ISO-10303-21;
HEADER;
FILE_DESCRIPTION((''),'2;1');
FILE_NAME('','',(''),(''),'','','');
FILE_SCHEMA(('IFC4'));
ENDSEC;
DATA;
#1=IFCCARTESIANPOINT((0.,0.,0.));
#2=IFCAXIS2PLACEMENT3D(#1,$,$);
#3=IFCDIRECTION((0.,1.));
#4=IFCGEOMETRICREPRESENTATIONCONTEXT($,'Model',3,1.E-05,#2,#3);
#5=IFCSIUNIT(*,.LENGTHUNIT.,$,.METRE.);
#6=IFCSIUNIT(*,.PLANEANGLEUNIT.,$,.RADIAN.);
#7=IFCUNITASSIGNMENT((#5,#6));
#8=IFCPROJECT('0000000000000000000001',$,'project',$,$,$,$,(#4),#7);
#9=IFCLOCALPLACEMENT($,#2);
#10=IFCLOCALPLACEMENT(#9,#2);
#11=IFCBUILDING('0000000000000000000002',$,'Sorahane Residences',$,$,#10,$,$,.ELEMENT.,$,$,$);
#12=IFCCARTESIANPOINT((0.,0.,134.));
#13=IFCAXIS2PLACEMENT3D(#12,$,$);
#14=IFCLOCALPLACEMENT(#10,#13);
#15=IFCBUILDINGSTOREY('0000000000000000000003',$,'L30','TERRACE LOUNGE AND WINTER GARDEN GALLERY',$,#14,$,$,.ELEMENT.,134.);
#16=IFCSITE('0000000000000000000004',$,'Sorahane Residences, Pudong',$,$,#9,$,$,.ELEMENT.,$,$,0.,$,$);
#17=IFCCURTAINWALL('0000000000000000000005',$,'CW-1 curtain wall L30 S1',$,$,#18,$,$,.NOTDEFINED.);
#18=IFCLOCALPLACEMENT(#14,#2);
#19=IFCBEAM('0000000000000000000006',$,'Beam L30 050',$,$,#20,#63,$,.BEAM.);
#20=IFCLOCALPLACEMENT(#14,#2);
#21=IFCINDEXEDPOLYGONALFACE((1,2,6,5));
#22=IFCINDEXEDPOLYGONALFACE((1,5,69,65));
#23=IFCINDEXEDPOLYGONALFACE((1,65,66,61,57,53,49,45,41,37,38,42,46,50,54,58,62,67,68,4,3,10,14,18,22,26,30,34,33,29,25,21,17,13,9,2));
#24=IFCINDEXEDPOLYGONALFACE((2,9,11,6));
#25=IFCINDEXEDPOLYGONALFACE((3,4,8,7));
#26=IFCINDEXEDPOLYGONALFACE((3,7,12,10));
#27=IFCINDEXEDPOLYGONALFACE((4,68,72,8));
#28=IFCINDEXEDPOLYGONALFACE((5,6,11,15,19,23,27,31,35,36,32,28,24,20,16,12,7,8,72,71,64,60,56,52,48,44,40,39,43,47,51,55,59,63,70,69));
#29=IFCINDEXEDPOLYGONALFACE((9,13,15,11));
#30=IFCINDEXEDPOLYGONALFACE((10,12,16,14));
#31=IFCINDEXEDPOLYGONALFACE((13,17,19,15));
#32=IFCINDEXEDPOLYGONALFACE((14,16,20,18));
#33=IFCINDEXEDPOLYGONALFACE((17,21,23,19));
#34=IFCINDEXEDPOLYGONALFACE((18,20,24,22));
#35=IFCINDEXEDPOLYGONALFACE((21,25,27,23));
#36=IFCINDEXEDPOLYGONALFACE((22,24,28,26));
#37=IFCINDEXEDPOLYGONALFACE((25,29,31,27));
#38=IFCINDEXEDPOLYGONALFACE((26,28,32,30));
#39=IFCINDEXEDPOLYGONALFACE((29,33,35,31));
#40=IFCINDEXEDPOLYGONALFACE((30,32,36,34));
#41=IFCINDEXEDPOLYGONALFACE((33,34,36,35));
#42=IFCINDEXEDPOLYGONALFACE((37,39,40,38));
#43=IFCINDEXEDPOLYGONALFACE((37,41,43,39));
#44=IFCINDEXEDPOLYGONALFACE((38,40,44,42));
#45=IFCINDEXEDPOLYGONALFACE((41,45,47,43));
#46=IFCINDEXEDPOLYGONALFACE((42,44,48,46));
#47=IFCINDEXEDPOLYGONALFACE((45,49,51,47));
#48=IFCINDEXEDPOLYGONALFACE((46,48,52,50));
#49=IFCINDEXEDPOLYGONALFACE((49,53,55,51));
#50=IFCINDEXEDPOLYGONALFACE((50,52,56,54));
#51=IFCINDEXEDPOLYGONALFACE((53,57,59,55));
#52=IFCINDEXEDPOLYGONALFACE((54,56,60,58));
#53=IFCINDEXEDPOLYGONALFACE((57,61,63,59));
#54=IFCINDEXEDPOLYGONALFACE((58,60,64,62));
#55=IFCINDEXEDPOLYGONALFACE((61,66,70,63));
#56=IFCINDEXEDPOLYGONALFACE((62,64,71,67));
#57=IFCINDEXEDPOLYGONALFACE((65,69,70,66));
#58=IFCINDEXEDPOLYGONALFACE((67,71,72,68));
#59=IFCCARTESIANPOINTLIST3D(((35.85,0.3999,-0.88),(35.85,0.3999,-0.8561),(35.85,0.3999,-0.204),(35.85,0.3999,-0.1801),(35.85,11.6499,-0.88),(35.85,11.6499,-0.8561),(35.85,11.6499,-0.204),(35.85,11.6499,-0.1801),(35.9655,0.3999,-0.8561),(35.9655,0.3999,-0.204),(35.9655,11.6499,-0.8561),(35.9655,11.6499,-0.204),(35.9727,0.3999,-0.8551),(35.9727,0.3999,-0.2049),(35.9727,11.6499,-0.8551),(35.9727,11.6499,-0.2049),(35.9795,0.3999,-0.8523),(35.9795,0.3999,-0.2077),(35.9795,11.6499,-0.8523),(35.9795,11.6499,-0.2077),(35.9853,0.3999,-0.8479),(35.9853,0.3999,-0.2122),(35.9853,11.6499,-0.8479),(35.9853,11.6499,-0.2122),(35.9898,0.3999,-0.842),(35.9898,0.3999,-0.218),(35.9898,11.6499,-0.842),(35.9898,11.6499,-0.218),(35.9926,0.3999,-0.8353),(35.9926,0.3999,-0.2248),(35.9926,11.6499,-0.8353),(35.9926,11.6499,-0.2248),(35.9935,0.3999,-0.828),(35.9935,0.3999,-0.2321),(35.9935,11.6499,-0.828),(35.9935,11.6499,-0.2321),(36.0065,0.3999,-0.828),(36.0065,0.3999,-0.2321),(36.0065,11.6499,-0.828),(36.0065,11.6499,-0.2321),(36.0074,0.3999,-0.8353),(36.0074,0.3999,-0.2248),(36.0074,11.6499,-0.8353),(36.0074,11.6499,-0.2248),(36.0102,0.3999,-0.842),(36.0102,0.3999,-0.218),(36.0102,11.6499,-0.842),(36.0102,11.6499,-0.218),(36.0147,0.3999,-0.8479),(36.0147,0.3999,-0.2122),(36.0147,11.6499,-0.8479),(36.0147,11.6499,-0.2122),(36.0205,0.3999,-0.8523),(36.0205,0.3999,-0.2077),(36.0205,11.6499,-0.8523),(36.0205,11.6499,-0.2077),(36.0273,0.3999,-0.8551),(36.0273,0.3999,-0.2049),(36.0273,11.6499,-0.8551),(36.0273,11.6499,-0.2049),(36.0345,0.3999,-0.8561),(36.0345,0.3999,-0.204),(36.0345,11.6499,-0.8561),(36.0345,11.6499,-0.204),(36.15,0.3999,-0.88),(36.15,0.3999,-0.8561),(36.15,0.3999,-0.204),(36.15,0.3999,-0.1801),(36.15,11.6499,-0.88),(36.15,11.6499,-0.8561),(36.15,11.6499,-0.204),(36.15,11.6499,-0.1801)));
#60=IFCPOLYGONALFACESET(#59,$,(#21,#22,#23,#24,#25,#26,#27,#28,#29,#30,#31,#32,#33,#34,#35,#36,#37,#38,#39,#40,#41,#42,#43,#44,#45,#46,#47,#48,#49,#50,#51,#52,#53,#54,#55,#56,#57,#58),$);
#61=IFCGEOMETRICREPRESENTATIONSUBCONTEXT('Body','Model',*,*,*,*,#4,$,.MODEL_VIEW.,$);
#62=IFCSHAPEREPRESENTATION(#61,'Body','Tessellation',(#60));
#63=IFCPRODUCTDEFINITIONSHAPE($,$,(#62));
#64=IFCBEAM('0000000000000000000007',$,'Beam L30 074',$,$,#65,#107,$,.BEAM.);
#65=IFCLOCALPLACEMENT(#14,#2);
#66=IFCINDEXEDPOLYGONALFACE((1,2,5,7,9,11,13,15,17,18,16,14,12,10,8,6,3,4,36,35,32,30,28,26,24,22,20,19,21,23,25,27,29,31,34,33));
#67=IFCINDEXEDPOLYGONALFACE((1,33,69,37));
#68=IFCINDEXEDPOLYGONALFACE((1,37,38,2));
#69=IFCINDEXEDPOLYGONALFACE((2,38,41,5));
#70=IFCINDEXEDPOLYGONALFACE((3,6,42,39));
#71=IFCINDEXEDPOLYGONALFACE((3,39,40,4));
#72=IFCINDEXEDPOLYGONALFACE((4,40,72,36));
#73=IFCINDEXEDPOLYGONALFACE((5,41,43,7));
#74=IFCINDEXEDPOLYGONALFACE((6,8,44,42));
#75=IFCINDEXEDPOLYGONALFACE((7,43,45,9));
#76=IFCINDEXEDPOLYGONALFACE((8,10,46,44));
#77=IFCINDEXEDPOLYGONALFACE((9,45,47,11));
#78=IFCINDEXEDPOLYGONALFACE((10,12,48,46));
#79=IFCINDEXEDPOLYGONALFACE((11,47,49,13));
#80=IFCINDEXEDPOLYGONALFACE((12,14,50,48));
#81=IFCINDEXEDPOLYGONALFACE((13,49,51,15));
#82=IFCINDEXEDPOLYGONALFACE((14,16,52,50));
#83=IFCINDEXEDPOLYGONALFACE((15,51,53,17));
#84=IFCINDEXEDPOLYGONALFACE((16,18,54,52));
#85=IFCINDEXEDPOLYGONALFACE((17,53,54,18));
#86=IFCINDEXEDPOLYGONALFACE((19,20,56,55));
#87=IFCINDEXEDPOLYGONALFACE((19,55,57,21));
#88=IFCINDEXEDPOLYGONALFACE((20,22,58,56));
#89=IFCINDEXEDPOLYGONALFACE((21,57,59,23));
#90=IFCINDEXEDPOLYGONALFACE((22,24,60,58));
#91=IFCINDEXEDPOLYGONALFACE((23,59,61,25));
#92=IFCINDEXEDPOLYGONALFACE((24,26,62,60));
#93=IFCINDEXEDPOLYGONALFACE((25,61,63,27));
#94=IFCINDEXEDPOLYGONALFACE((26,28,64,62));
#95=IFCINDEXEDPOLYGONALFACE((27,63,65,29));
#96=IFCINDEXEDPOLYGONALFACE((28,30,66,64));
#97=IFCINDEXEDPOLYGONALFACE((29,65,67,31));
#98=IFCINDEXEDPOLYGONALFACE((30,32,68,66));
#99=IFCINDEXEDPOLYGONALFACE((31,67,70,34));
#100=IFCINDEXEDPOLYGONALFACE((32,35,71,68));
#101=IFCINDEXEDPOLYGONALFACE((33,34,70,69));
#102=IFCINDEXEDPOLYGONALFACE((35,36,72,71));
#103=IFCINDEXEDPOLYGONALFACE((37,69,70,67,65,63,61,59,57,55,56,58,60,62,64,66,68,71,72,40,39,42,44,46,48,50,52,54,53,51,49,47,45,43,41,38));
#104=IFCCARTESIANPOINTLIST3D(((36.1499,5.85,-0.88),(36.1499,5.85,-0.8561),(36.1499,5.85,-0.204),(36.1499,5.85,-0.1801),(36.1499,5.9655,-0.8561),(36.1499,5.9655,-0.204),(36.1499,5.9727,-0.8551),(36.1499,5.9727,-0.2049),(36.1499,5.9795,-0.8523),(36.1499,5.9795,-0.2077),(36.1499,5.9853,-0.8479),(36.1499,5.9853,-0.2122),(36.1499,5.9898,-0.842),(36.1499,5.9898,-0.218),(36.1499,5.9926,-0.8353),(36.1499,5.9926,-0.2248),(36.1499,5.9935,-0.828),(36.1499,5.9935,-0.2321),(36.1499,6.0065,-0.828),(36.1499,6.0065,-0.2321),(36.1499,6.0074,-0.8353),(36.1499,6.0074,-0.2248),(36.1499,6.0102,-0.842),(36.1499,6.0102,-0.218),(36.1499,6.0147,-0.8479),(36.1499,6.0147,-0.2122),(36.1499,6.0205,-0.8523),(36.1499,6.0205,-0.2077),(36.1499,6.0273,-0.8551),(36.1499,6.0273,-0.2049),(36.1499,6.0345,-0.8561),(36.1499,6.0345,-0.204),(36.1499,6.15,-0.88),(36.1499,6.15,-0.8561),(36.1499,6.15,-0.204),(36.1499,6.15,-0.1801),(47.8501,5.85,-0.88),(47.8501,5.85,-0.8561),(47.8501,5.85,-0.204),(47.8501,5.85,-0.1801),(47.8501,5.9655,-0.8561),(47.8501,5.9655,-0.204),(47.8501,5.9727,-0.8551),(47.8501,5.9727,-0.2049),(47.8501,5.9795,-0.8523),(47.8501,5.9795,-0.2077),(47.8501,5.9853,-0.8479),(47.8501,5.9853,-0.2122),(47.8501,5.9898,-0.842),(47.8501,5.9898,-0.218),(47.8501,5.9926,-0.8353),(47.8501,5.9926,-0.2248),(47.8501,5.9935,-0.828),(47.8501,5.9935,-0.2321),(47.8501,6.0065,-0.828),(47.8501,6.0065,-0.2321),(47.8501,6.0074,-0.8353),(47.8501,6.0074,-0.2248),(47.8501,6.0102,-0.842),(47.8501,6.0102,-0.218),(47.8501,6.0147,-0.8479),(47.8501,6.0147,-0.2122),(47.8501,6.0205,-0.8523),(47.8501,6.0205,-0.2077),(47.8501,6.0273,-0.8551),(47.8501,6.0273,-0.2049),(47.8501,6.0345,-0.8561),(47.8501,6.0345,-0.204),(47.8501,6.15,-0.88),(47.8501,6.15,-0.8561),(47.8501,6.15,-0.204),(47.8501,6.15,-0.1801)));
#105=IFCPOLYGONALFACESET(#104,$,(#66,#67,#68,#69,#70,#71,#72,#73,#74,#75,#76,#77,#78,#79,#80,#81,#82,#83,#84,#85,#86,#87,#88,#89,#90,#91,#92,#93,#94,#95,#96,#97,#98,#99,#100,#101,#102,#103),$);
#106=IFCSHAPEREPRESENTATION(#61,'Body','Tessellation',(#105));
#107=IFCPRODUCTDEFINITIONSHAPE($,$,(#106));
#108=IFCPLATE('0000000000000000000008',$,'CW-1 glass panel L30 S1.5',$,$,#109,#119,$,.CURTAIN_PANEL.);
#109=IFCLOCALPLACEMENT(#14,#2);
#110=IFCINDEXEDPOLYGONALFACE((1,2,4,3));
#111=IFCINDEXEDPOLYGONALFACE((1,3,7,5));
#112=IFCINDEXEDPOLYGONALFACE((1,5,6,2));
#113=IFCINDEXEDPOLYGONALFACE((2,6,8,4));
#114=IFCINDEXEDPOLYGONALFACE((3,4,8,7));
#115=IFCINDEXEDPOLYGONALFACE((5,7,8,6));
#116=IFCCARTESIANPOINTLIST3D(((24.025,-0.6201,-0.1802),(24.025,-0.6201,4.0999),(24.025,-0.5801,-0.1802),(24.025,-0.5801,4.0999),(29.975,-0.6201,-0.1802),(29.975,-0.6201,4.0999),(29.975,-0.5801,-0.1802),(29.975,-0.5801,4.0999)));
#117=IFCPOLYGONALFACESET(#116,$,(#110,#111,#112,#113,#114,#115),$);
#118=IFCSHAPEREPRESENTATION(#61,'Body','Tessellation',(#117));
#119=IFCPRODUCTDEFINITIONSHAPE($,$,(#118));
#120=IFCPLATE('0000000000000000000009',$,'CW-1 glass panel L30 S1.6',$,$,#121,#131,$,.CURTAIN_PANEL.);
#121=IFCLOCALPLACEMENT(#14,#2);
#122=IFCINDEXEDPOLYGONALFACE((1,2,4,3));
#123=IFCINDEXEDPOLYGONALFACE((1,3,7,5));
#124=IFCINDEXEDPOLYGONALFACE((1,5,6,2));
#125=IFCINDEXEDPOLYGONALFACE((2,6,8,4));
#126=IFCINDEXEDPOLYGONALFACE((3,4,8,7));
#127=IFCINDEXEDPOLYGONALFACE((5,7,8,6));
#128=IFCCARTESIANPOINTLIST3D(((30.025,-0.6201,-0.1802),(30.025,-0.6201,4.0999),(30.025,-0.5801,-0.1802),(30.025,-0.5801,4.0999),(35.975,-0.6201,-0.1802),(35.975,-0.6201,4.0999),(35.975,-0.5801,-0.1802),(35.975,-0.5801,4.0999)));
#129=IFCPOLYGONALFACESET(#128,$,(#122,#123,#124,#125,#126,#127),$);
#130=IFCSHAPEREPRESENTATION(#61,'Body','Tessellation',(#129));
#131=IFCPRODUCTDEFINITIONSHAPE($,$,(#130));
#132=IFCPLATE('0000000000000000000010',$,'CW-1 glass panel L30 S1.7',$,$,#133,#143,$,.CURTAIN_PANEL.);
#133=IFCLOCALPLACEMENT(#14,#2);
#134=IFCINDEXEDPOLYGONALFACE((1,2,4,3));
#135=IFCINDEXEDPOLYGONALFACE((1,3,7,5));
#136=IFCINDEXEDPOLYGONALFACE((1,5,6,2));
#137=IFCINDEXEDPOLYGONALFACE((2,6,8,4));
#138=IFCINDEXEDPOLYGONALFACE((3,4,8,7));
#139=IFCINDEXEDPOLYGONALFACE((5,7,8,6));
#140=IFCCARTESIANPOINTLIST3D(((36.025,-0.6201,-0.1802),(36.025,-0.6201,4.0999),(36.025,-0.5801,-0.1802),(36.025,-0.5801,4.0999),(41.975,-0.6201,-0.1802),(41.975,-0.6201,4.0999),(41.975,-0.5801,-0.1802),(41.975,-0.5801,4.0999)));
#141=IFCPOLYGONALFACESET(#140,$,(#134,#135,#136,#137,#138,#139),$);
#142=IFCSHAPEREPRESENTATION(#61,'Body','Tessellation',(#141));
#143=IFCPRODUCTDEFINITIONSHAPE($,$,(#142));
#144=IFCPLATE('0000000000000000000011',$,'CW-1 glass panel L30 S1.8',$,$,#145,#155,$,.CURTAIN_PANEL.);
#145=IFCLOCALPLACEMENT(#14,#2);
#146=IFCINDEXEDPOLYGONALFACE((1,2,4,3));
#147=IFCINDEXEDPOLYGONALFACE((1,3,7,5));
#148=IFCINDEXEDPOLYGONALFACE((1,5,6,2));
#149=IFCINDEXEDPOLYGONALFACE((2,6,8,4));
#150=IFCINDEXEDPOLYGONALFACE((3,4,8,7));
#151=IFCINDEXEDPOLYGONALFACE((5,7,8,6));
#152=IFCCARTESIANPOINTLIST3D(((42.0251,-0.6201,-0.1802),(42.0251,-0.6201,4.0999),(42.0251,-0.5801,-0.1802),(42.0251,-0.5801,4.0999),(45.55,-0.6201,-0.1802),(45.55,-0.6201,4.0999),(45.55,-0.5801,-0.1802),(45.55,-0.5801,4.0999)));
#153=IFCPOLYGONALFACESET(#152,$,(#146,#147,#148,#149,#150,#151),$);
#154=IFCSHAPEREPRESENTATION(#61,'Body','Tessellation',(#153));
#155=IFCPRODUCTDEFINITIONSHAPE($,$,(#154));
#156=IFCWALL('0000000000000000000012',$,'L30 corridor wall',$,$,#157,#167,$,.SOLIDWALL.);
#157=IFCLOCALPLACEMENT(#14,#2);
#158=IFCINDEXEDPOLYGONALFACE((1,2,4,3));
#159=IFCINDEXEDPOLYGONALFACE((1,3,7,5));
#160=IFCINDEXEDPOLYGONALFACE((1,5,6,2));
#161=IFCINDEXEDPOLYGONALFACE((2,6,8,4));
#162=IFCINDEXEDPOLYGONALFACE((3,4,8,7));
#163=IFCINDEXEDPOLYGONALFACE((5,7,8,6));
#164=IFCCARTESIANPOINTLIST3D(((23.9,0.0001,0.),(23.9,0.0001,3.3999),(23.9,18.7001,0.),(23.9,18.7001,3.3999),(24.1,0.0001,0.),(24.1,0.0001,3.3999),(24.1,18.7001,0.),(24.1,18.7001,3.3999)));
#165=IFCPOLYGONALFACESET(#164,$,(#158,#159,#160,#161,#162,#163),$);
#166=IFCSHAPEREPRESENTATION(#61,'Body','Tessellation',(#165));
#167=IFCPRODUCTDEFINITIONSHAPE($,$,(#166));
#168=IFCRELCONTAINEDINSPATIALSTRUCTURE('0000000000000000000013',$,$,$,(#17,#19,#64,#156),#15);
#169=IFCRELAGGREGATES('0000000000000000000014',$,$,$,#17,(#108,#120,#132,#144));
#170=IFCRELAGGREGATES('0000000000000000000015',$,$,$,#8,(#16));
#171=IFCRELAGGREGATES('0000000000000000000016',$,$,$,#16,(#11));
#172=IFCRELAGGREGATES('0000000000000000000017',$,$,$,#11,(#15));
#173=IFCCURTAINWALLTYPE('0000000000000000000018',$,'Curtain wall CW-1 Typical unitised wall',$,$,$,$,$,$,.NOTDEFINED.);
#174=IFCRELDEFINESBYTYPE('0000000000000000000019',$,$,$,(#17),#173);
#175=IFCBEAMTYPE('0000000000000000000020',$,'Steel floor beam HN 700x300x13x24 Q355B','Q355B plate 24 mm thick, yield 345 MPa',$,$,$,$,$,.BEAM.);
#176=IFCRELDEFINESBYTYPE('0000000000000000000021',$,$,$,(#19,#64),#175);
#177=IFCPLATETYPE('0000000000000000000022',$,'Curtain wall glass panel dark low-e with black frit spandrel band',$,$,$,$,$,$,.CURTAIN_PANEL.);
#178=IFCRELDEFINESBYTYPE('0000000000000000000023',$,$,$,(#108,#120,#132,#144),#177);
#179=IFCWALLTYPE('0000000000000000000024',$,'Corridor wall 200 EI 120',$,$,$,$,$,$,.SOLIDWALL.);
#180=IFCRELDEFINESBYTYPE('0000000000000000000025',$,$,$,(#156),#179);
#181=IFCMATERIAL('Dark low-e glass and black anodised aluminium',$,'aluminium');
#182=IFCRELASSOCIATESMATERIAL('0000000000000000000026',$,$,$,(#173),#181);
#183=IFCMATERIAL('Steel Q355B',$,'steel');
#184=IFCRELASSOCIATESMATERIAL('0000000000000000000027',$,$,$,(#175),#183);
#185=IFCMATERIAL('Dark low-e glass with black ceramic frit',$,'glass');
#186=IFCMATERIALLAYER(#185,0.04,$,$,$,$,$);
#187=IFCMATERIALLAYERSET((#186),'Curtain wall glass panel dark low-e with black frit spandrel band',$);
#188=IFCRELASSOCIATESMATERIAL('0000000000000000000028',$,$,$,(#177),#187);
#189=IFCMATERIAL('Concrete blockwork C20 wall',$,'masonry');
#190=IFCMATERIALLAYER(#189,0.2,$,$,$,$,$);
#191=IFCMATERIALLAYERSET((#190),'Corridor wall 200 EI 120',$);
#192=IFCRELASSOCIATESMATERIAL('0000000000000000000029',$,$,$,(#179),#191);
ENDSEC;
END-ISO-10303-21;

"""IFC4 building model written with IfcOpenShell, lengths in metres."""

from ifc_helpers import new_model, si_unit, direction, frame, frame_2d, origin, origin_2d, place, context, subcontext, project, spatial, rectangle, i_section, extrude, material, layer, layer_set, material_profile, profile_set, type_object, element, aggregate, save


model = new_model("IFC4")

# Units and contexts
model_context = context("Model", 3, precision=1e-05, world=origin(), true_north=direction((0.0, 1.0)))
body_context = subcontext(model_context, "Body", "Model", "MODEL_VIEW")
ifc_project = project(units=[si_unit("LENGTHUNIT", "METRE"), si_unit("PLANEANGLEUNIT", "RADIAN")], contexts=[model_context])

# Site, building, storey
site_placement = place(None, origin())
site = spatial("IfcSite", under=ifc_project, at=site_placement, Name="Sorahane Residences, Pudong", CompositionType="ELEMENT", RefElevation=0.0)
building_placement = place(site_placement, origin())
building = spatial("IfcBuilding", under=site, at=building_placement, Name="Sorahane Residences", CompositionType="ELEMENT")
storey_placement = place(building_placement, frame((0.0, 0.0, 134.0)))
storey = spatial("IfcBuildingStorey", under=building, at=storey_placement, Name="L30", Description="TERRACE LOUNGE AND WINTER GARDEN GALLERY", CompositionType="ELEMENT", Elevation=134.0)

# Curtain wall
ifc_material_1 = material(Name="Dark low-e glass and black anodised aluminium", Category="aluminium")
curtain_wall_type = type_object("IfcCurtainWallType", Name="Curtain wall CW-1 Typical unitised wall", PredefinedType="NOTDEFINED", material=ifc_material_1)
curtain_wall_1_placement = place(storey_placement, origin())
curtain_wall_1 = element("IfcCurtainWall", 1, at=curtain_wall_1_placement, inside=storey, type_object=curtain_wall_type, Name="CW-1 curtain wall L30 S1", PredefinedType="NOTDEFINED")

# Beams
ifc_material_2 = material(Name="Steel Q355B", Category="steel")
ifc_material_profile_1 = material_profile(ifc_material_2, i_section(OverallWidth=0.3, OverallDepth=0.7, WebThickness=0.0129, FlangeThickness=0.0239, FilletRadius=0.0281, at=origin_2d()), Name="HN 700x300x13x24")
ifc_profile_set_1 = profile_set([ifc_material_profile_1], Name="Steel Q355B")
beam_type_1 = type_object("IfcBeamType", Name="Steel floor beam HN 700x300x13x24 Q355B", Description="Q355B plate 24 mm thick, yield 345 MPa", PredefinedType="BEAM", material=ifc_profile_set_1)
beam_1_placement = place(storey_placement, frame((36.0, 0.3999, -0.53), z_axis=(0.0, 1.0, 0.0), x_axis=(-1.0, 0.0, 0.0)))
element("IfcBeam", 2, at=beam_1_placement, inside=storey, type_object=beam_type_1, Name="Beam L30 050", PredefinedType="BEAM", context=body_context, shape_type="SweptSolid", body=[
    extrude(i_section(OverallWidth=0.3, OverallDepth=0.7, WebThickness=0.0129, FlangeThickness=0.0239, FilletRadius=0.0281, at=origin_2d()), origin(), (0.0, 0.0, 1.0), 11.25),
])
beam_2_placement = place(storey_placement, frame((36.1499, 6.0, -0.53), z_axis=(1.0, 0.0, 0.0), x_axis=(0.0, 1.0, 0.0)))
element("IfcBeam", 3, at=beam_2_placement, inside=storey, type_object=beam_type_1, Name="Beam L30 074", PredefinedType="BEAM", context=body_context, shape_type="SweptSolid", body=[
    extrude(i_section(OverallWidth=0.3, OverallDepth=0.7, WebThickness=0.0129, FlangeThickness=0.0239, FilletRadius=0.0281, at=origin_2d()), origin(), (0.0, 0.0, 1.0), 11.7002),
])

# Plates
ifc_material_3 = material(Name="Dark low-e glass with black ceramic frit", Category="glass")
ifc_layer_1 = layer(ifc_material_3, 0.04)
ifc_layer_set_1 = layer_set([ifc_layer_1], Name="Curtain wall glass panel dark low-e with black frit spandrel band")
plate_type = type_object("IfcPlateType", Name="Curtain wall glass panel dark low-e with black frit spandrel band", PredefinedType="CURTAIN_PANEL", material=ifc_layer_set_1)
plate_1_placement = place(storey_placement, frame((27.0, -0.6001, -0.1802), z_axis=(0.0, 0.0, 1.0), x_axis=(1.0, 0.0, 0.0)))
plate_1 = element("IfcPlate", 4, at=plate_1_placement, type_object=plate_type, Name="CW-1 glass panel L30 S1.5", PredefinedType="CURTAIN_PANEL", context=body_context, shape_type="SweptSolid", body=[
    extrude(rectangle(XDim=5.95, YDim=0.04, at=origin_2d()), origin(), (0.0, 0.0, 1.0), 4.28),
])
plate_2_placement = place(storey_placement, frame((33.0, -0.6001, -0.1802), z_axis=(0.0, 0.0, 1.0), x_axis=(1.0, 0.0, 0.0)))
plate_2 = element("IfcPlate", 5, at=plate_2_placement, type_object=plate_type, Name="CW-1 glass panel L30 S1.6", PredefinedType="CURTAIN_PANEL", context=body_context, shape_type="SweptSolid", body=[
    extrude(rectangle(XDim=5.95, YDim=0.04, at=origin_2d()), origin(), (0.0, 0.0, 1.0), 4.28),
])
plate_3_placement = place(storey_placement, frame((39.0, -0.6001, -0.1802), z_axis=(0.0, 0.0, 1.0), x_axis=(1.0, 0.0, 0.0)))
plate_3 = element("IfcPlate", 6, at=plate_3_placement, type_object=plate_type, Name="CW-1 glass panel L30 S1.7", PredefinedType="CURTAIN_PANEL", context=body_context, shape_type="SweptSolid", body=[
    extrude(rectangle(XDim=5.95, YDim=0.04, at=origin_2d()), origin(), (0.0, 0.0, 1.0), 4.28),
])
plate_4_placement = place(storey_placement, frame((43.7876, -0.6001, -0.1802), z_axis=(0.0, 0.0, 1.0), x_axis=(1.0, 0.0, 0.0)))
plate_4 = element("IfcPlate", 7, at=plate_4_placement, type_object=plate_type, Name="CW-1 glass panel L30 S1.8", PredefinedType="CURTAIN_PANEL", context=body_context, shape_type="SweptSolid", body=[
    extrude(rectangle(XDim=3.5249, YDim=0.04, at=origin_2d()), origin(), (0.0, 0.0, 1.0), 4.28),
])
aggregate(curtain_wall_1, [plate_1, plate_2, plate_3, plate_4])

# Wall
ifc_material_4 = material(Name="Concrete blockwork C20 wall", Category="masonry")
ifc_layer_2 = layer(ifc_material_4, 0.2)
ifc_layer_set_2 = layer_set([ifc_layer_2], Name="Corridor wall 200 EI 120")
wall_type = type_object("IfcWallType", Name="Corridor wall 200 EI 120", PredefinedType="SOLIDWALL", material=ifc_layer_set_2)
wall_placement = place(storey_placement, frame((24.0, 0.0, 0.0), z_axis=(0.0, 0.0, 1.0), x_axis=(0.0, 1.0, 0.0)))
element("IfcWall", 8, at=wall_placement, inside=storey, type_object=wall_type, Name="L30 corridor wall", PredefinedType="SOLIDWALL", context=body_context, shape_type="SweptSolid", body=[
    extrude(rectangle(XDim=18.7, YDim=0.2, at=frame_2d((9.3501, 0.0))), origin(), (0.0, 0.0, 1.0), 3.3999),
])

save(model, "model.ifc")
